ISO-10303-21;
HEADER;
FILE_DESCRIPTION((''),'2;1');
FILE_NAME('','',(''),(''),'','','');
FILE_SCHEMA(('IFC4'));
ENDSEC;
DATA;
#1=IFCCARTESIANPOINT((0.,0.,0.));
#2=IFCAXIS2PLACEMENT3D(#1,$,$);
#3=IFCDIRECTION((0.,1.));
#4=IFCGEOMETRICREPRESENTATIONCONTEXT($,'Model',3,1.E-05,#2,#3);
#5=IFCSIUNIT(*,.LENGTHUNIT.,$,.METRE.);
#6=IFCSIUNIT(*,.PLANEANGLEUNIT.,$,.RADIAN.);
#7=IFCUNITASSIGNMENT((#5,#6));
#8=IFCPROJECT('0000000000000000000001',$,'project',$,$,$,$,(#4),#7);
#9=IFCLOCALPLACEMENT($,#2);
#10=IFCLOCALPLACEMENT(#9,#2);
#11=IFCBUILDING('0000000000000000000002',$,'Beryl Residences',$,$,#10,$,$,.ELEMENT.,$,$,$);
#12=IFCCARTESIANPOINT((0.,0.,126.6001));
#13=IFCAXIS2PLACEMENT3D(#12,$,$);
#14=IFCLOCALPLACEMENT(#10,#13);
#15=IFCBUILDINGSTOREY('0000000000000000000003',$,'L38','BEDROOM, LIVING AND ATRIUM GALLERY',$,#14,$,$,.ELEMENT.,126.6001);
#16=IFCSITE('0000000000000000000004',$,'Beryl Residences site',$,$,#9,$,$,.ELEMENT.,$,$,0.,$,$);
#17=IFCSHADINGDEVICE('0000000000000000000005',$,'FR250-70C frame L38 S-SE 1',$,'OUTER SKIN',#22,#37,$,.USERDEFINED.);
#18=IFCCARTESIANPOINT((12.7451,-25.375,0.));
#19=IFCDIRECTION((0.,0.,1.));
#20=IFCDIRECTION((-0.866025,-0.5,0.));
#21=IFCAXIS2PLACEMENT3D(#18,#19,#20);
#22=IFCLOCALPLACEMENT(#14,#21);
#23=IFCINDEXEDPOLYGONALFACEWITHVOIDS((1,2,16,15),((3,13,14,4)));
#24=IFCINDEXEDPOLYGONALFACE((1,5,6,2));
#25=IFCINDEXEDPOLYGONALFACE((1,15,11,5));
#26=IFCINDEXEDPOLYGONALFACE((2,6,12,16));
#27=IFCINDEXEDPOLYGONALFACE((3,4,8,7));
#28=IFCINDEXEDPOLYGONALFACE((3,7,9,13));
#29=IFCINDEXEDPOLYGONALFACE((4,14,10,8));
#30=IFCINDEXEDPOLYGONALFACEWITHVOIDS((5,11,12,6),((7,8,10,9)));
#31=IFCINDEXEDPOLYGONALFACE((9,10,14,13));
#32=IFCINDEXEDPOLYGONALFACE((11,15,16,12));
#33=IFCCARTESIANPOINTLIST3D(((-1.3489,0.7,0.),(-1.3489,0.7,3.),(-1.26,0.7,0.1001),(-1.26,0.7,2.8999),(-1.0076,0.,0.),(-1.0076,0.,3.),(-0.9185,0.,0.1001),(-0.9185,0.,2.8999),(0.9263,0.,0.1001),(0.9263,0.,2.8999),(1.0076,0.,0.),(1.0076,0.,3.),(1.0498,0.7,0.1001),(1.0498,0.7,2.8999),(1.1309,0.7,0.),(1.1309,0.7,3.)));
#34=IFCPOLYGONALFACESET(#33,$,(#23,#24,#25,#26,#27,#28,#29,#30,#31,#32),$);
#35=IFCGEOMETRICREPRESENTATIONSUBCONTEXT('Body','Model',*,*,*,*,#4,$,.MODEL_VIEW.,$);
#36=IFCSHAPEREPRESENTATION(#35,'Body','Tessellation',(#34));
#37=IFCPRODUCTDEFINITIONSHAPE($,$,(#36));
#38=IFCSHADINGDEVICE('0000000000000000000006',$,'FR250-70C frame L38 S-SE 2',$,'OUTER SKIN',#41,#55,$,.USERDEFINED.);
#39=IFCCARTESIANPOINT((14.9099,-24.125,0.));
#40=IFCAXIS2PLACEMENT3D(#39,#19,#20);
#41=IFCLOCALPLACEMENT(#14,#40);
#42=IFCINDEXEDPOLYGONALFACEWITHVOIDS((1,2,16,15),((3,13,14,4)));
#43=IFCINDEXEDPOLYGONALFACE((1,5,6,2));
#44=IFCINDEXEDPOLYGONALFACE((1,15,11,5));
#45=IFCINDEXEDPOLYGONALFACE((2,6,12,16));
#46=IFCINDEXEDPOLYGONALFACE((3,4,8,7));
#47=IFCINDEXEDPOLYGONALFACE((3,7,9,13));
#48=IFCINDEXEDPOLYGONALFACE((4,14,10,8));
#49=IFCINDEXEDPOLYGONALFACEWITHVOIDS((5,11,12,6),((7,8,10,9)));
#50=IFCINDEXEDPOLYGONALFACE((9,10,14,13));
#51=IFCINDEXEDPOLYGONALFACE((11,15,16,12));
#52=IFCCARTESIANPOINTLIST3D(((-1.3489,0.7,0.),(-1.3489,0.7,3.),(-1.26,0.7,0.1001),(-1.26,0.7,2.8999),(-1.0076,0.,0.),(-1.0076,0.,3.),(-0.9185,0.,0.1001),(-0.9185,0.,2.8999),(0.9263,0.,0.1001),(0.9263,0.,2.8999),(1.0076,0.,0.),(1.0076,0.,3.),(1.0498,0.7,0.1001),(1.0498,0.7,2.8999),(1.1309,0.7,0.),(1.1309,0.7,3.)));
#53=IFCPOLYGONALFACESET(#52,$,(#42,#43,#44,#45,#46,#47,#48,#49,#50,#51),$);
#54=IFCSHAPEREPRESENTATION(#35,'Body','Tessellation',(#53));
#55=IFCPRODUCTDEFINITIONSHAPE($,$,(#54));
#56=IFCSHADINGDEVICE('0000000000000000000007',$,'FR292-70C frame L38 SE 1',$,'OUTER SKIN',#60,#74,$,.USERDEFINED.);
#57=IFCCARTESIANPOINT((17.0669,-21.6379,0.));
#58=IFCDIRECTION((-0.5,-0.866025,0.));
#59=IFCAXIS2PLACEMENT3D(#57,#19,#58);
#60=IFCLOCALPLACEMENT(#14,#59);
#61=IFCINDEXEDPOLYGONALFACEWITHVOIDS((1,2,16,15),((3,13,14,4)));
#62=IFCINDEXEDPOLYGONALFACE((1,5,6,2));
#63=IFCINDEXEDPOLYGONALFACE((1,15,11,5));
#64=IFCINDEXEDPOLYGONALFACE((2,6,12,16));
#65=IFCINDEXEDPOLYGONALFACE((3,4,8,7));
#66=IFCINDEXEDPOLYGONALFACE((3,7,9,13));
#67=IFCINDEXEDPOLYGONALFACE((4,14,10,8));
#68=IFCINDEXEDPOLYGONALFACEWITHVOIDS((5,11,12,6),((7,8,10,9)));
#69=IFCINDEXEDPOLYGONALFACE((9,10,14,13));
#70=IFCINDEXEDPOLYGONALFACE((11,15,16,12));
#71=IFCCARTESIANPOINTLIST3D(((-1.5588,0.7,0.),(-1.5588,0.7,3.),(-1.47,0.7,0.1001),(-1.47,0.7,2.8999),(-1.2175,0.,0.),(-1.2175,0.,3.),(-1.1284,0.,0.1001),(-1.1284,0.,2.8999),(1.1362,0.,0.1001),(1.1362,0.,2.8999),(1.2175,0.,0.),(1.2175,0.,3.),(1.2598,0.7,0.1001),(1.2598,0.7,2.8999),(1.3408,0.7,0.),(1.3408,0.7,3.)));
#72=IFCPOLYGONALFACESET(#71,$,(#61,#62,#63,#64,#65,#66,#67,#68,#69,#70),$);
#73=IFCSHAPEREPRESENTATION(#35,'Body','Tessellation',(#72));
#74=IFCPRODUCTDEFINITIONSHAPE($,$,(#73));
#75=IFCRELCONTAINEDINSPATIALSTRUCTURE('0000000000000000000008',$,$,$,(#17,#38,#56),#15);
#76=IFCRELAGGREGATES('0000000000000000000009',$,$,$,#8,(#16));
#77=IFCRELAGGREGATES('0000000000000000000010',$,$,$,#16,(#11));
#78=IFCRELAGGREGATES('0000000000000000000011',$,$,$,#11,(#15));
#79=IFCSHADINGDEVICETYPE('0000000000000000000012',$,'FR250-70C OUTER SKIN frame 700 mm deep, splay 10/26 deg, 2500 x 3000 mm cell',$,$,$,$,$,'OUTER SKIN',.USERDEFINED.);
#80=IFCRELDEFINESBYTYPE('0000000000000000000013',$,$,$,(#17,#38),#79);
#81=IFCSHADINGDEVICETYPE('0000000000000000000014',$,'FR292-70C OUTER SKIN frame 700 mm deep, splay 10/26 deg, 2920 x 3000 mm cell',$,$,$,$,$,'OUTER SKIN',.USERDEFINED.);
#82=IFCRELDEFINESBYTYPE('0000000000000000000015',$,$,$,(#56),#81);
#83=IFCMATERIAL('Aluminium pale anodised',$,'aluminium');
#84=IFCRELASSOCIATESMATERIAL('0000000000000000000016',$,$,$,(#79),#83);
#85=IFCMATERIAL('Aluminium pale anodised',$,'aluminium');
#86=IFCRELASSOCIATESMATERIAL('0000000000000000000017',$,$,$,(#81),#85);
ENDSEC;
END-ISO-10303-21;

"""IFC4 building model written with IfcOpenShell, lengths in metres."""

from ifc_helpers import new_model, entity, si_unit, direction, frame, origin, place, context, subcontext, project, spatial, source, transform, mapped, material, type_object, type_shapes, element, save


model = new_model("IFC4")

# Units and contexts
model_context = context("Model", 3, precision=1e-05, world=origin(), true_north=direction((0.0, 1.0)))
body_context = subcontext(model_context, "Body", "Model", "MODEL_VIEW")
ifc_project = project(units=[si_unit("LENGTHUNIT", "METRE"), si_unit("PLANEANGLEUNIT", "RADIAN")], contexts=[model_context])

# Site, building, storey
site_placement = place(None, origin())
site = spatial("IfcSite", under=ifc_project, at=site_placement, Name="Beryl Residences site", CompositionType="ELEMENT", RefElevation=0.0)
building_placement = place(site_placement, origin())
building = spatial("IfcBuilding", under=site, at=building_placement, Name="Beryl Residences", CompositionType="ELEMENT")
storey_placement = place(building_placement, frame((0.0, 0.0, 126.6001)))
storey = spatial("IfcBuildingStorey", under=building, at=storey_placement, Name="L38", Description="BEDROOM, LIVING AND ATRIUM GALLERY", CompositionType="ELEMENT", Elevation=126.6001)

# Shading devices
ifc_material_1 = material(Name="Aluminium pale anodised", Category="aluminium")
shading_device_type_1 = type_object("IfcShadingDeviceType", Name="FR250-70C OUTER SKIN frame 700 mm deep, splay 10/26 deg, 2500 x 3000 mm cell", ElementType="OUTER SKIN", PredefinedType="USERDEFINED", material=ifc_material_1)
cartesian_point_1 = entity("IfcCartesianPoint", [-1.0076, 0.0])
cartesian_point_2 = entity("IfcCartesianPoint", [-0.9263, 0.1001])
cartesian_point_3 = entity("IfcCartesianPoint", [-1.1309, 0.0])
cartesian_point_4 = entity("IfcCartesianPoint", [-1.0498, 0.1001])
shared_shape_1 = source(origin(), body_context, "Body", "SweptSolid", [
    entity("IfcExtrudedAreaSolidTapered", entity("IfcArbitraryProfileDefWithVoids", "AREA", None, entity("IfcPolyline", [cartesian_point_1, entity("IfcCartesianPoint", [1.0076, 0.0]), entity("IfcCartesianPoint", [1.0076, 3.0]), entity("IfcCartesianPoint", [-1.0076, 3.0]), cartesian_point_1]), [entity("IfcPolyline", [cartesian_point_2, entity("IfcCartesianPoint", [0.9185, 0.1001]), entity("IfcCartesianPoint", [0.9185, 2.8999]), entity("IfcCartesianPoint", [-0.9263, 2.8999]), cartesian_point_2])]), entity("IfcAxis2Placement3D", entity("IfcCartesianPoint", [0.0, 0.0, 0.0]), entity("IfcDirection", [0.0, 1.0, 0.0]), entity("IfcDirection", [-1.0, 0.0, 0.0])), entity("IfcDirection", [0.0, 0.0, 1.0]), 0.7, entity("IfcArbitraryProfileDefWithVoids", "AREA", None, entity("IfcPolyline", [cartesian_point_3, entity("IfcCartesianPoint", [1.3489, 0.0]), entity("IfcCartesianPoint", [1.3489, 3.0]), entity("IfcCartesianPoint", [-1.1309, 3.0]), cartesian_point_3]), [entity("IfcPolyline", [cartesian_point_4, entity("IfcCartesianPoint", [1.26, 0.1001]), entity("IfcCartesianPoint", [1.26, 2.8999]), entity("IfcCartesianPoint", [-1.0498, 2.8999]), cartesian_point_4])])),
])
type_shapes(shading_device_type_1, [shared_shape_1])
for number, where, z_axis, x_axis, name in (
    (1, (12.7451, -25.375, 0.0), (0.0, 0.0, 1.0), (-0.866025, -0.5, 0.0), "FR250-70C frame L38 S-SE 1"),
    (2, (14.9099, -24.125, 0.0), (0.0, 0.0, 1.0), (-0.866025, -0.5, 0.0), "FR250-70C frame L38 S-SE 2"),
):
    element("IfcShadingDevice", number, at=place(storey_placement, frame(where, z_axis=z_axis, x_axis=x_axis)), inside=storey, type_object=shading_device_type_1, Name=name, ObjectType="OUTER SKIN", PredefinedType="USERDEFINED", context=body_context, shape_type="MappedRepresentation", body=[
        mapped(shared_shape_1, transform((0.0, 0.0, 0.0))),
    ])
ifc_material_2 = material(Name="Aluminium pale anodised", Category="aluminium")
shading_device_type_2 = type_object("IfcShadingDeviceType", Name="FR292-70C OUTER SKIN frame 700 mm deep, splay 10/26 deg, 2920 x 3000 mm cell", ElementType="OUTER SKIN", PredefinedType="USERDEFINED", material=ifc_material_2)
cartesian_point_5 = entity("IfcCartesianPoint", [-1.2175, 0.0])
cartesian_point_6 = entity("IfcCartesianPoint", [-1.1362, 0.1001])
cartesian_point_7 = entity("IfcCartesianPoint", [-1.3408, 0.0])
cartesian_point_8 = entity("IfcCartesianPoint", [-1.2598, 0.1001])
shared_shape_2 = source(origin(), body_context, "Body", "SweptSolid", [
    entity("IfcExtrudedAreaSolidTapered", entity("IfcArbitraryProfileDefWithVoids", "AREA", None, entity("IfcPolyline", [cartesian_point_5, entity("IfcCartesianPoint", [1.2175, 0.0]), entity("IfcCartesianPoint", [1.2175, 3.0]), entity("IfcCartesianPoint", [-1.2175, 3.0]), cartesian_point_5]), [entity("IfcPolyline", [cartesian_point_6, entity("IfcCartesianPoint", [1.1284, 0.1001]), entity("IfcCartesianPoint", [1.1284, 2.8999]), entity("IfcCartesianPoint", [-1.1362, 2.8999]), cartesian_point_6])]), entity("IfcAxis2Placement3D", entity("IfcCartesianPoint", [0.0, 0.0, 0.0]), entity("IfcDirection", [0.0, 1.0, 0.0]), entity("IfcDirection", [-1.0, 0.0, 0.0])), entity("IfcDirection", [0.0, 0.0, 1.0]), 0.7, entity("IfcArbitraryProfileDefWithVoids", "AREA", None, entity("IfcPolyline", [cartesian_point_7, entity("IfcCartesianPoint", [1.5588, 0.0]), entity("IfcCartesianPoint", [1.5588, 3.0]), entity("IfcCartesianPoint", [-1.3408, 3.0]), cartesian_point_7]), [entity("IfcPolyline", [cartesian_point_8, entity("IfcCartesianPoint", [1.47, 0.1001]), entity("IfcCartesianPoint", [1.47, 2.8999]), entity("IfcCartesianPoint", [-1.2598, 2.8999]), cartesian_point_8])])),
])
type_shapes(shading_device_type_2, [shared_shape_2])
shading_device_placement = place(storey_placement, frame((17.0669, -21.6379, 0.0), z_axis=(0.0, 0.0, 1.0), x_axis=(-0.5, -0.866025, 0.0)))
element("IfcShadingDevice", 3, at=shading_device_placement, inside=storey, type_object=shading_device_type_2, Name="FR292-70C frame L38 SE 1", ObjectType="OUTER SKIN", PredefinedType="USERDEFINED", context=body_context, shape_type="MappedRepresentation", body=[
    mapped(shared_shape_2, transform((0.0, 0.0, 0.0))),
])

save(model, "model.ifc")
